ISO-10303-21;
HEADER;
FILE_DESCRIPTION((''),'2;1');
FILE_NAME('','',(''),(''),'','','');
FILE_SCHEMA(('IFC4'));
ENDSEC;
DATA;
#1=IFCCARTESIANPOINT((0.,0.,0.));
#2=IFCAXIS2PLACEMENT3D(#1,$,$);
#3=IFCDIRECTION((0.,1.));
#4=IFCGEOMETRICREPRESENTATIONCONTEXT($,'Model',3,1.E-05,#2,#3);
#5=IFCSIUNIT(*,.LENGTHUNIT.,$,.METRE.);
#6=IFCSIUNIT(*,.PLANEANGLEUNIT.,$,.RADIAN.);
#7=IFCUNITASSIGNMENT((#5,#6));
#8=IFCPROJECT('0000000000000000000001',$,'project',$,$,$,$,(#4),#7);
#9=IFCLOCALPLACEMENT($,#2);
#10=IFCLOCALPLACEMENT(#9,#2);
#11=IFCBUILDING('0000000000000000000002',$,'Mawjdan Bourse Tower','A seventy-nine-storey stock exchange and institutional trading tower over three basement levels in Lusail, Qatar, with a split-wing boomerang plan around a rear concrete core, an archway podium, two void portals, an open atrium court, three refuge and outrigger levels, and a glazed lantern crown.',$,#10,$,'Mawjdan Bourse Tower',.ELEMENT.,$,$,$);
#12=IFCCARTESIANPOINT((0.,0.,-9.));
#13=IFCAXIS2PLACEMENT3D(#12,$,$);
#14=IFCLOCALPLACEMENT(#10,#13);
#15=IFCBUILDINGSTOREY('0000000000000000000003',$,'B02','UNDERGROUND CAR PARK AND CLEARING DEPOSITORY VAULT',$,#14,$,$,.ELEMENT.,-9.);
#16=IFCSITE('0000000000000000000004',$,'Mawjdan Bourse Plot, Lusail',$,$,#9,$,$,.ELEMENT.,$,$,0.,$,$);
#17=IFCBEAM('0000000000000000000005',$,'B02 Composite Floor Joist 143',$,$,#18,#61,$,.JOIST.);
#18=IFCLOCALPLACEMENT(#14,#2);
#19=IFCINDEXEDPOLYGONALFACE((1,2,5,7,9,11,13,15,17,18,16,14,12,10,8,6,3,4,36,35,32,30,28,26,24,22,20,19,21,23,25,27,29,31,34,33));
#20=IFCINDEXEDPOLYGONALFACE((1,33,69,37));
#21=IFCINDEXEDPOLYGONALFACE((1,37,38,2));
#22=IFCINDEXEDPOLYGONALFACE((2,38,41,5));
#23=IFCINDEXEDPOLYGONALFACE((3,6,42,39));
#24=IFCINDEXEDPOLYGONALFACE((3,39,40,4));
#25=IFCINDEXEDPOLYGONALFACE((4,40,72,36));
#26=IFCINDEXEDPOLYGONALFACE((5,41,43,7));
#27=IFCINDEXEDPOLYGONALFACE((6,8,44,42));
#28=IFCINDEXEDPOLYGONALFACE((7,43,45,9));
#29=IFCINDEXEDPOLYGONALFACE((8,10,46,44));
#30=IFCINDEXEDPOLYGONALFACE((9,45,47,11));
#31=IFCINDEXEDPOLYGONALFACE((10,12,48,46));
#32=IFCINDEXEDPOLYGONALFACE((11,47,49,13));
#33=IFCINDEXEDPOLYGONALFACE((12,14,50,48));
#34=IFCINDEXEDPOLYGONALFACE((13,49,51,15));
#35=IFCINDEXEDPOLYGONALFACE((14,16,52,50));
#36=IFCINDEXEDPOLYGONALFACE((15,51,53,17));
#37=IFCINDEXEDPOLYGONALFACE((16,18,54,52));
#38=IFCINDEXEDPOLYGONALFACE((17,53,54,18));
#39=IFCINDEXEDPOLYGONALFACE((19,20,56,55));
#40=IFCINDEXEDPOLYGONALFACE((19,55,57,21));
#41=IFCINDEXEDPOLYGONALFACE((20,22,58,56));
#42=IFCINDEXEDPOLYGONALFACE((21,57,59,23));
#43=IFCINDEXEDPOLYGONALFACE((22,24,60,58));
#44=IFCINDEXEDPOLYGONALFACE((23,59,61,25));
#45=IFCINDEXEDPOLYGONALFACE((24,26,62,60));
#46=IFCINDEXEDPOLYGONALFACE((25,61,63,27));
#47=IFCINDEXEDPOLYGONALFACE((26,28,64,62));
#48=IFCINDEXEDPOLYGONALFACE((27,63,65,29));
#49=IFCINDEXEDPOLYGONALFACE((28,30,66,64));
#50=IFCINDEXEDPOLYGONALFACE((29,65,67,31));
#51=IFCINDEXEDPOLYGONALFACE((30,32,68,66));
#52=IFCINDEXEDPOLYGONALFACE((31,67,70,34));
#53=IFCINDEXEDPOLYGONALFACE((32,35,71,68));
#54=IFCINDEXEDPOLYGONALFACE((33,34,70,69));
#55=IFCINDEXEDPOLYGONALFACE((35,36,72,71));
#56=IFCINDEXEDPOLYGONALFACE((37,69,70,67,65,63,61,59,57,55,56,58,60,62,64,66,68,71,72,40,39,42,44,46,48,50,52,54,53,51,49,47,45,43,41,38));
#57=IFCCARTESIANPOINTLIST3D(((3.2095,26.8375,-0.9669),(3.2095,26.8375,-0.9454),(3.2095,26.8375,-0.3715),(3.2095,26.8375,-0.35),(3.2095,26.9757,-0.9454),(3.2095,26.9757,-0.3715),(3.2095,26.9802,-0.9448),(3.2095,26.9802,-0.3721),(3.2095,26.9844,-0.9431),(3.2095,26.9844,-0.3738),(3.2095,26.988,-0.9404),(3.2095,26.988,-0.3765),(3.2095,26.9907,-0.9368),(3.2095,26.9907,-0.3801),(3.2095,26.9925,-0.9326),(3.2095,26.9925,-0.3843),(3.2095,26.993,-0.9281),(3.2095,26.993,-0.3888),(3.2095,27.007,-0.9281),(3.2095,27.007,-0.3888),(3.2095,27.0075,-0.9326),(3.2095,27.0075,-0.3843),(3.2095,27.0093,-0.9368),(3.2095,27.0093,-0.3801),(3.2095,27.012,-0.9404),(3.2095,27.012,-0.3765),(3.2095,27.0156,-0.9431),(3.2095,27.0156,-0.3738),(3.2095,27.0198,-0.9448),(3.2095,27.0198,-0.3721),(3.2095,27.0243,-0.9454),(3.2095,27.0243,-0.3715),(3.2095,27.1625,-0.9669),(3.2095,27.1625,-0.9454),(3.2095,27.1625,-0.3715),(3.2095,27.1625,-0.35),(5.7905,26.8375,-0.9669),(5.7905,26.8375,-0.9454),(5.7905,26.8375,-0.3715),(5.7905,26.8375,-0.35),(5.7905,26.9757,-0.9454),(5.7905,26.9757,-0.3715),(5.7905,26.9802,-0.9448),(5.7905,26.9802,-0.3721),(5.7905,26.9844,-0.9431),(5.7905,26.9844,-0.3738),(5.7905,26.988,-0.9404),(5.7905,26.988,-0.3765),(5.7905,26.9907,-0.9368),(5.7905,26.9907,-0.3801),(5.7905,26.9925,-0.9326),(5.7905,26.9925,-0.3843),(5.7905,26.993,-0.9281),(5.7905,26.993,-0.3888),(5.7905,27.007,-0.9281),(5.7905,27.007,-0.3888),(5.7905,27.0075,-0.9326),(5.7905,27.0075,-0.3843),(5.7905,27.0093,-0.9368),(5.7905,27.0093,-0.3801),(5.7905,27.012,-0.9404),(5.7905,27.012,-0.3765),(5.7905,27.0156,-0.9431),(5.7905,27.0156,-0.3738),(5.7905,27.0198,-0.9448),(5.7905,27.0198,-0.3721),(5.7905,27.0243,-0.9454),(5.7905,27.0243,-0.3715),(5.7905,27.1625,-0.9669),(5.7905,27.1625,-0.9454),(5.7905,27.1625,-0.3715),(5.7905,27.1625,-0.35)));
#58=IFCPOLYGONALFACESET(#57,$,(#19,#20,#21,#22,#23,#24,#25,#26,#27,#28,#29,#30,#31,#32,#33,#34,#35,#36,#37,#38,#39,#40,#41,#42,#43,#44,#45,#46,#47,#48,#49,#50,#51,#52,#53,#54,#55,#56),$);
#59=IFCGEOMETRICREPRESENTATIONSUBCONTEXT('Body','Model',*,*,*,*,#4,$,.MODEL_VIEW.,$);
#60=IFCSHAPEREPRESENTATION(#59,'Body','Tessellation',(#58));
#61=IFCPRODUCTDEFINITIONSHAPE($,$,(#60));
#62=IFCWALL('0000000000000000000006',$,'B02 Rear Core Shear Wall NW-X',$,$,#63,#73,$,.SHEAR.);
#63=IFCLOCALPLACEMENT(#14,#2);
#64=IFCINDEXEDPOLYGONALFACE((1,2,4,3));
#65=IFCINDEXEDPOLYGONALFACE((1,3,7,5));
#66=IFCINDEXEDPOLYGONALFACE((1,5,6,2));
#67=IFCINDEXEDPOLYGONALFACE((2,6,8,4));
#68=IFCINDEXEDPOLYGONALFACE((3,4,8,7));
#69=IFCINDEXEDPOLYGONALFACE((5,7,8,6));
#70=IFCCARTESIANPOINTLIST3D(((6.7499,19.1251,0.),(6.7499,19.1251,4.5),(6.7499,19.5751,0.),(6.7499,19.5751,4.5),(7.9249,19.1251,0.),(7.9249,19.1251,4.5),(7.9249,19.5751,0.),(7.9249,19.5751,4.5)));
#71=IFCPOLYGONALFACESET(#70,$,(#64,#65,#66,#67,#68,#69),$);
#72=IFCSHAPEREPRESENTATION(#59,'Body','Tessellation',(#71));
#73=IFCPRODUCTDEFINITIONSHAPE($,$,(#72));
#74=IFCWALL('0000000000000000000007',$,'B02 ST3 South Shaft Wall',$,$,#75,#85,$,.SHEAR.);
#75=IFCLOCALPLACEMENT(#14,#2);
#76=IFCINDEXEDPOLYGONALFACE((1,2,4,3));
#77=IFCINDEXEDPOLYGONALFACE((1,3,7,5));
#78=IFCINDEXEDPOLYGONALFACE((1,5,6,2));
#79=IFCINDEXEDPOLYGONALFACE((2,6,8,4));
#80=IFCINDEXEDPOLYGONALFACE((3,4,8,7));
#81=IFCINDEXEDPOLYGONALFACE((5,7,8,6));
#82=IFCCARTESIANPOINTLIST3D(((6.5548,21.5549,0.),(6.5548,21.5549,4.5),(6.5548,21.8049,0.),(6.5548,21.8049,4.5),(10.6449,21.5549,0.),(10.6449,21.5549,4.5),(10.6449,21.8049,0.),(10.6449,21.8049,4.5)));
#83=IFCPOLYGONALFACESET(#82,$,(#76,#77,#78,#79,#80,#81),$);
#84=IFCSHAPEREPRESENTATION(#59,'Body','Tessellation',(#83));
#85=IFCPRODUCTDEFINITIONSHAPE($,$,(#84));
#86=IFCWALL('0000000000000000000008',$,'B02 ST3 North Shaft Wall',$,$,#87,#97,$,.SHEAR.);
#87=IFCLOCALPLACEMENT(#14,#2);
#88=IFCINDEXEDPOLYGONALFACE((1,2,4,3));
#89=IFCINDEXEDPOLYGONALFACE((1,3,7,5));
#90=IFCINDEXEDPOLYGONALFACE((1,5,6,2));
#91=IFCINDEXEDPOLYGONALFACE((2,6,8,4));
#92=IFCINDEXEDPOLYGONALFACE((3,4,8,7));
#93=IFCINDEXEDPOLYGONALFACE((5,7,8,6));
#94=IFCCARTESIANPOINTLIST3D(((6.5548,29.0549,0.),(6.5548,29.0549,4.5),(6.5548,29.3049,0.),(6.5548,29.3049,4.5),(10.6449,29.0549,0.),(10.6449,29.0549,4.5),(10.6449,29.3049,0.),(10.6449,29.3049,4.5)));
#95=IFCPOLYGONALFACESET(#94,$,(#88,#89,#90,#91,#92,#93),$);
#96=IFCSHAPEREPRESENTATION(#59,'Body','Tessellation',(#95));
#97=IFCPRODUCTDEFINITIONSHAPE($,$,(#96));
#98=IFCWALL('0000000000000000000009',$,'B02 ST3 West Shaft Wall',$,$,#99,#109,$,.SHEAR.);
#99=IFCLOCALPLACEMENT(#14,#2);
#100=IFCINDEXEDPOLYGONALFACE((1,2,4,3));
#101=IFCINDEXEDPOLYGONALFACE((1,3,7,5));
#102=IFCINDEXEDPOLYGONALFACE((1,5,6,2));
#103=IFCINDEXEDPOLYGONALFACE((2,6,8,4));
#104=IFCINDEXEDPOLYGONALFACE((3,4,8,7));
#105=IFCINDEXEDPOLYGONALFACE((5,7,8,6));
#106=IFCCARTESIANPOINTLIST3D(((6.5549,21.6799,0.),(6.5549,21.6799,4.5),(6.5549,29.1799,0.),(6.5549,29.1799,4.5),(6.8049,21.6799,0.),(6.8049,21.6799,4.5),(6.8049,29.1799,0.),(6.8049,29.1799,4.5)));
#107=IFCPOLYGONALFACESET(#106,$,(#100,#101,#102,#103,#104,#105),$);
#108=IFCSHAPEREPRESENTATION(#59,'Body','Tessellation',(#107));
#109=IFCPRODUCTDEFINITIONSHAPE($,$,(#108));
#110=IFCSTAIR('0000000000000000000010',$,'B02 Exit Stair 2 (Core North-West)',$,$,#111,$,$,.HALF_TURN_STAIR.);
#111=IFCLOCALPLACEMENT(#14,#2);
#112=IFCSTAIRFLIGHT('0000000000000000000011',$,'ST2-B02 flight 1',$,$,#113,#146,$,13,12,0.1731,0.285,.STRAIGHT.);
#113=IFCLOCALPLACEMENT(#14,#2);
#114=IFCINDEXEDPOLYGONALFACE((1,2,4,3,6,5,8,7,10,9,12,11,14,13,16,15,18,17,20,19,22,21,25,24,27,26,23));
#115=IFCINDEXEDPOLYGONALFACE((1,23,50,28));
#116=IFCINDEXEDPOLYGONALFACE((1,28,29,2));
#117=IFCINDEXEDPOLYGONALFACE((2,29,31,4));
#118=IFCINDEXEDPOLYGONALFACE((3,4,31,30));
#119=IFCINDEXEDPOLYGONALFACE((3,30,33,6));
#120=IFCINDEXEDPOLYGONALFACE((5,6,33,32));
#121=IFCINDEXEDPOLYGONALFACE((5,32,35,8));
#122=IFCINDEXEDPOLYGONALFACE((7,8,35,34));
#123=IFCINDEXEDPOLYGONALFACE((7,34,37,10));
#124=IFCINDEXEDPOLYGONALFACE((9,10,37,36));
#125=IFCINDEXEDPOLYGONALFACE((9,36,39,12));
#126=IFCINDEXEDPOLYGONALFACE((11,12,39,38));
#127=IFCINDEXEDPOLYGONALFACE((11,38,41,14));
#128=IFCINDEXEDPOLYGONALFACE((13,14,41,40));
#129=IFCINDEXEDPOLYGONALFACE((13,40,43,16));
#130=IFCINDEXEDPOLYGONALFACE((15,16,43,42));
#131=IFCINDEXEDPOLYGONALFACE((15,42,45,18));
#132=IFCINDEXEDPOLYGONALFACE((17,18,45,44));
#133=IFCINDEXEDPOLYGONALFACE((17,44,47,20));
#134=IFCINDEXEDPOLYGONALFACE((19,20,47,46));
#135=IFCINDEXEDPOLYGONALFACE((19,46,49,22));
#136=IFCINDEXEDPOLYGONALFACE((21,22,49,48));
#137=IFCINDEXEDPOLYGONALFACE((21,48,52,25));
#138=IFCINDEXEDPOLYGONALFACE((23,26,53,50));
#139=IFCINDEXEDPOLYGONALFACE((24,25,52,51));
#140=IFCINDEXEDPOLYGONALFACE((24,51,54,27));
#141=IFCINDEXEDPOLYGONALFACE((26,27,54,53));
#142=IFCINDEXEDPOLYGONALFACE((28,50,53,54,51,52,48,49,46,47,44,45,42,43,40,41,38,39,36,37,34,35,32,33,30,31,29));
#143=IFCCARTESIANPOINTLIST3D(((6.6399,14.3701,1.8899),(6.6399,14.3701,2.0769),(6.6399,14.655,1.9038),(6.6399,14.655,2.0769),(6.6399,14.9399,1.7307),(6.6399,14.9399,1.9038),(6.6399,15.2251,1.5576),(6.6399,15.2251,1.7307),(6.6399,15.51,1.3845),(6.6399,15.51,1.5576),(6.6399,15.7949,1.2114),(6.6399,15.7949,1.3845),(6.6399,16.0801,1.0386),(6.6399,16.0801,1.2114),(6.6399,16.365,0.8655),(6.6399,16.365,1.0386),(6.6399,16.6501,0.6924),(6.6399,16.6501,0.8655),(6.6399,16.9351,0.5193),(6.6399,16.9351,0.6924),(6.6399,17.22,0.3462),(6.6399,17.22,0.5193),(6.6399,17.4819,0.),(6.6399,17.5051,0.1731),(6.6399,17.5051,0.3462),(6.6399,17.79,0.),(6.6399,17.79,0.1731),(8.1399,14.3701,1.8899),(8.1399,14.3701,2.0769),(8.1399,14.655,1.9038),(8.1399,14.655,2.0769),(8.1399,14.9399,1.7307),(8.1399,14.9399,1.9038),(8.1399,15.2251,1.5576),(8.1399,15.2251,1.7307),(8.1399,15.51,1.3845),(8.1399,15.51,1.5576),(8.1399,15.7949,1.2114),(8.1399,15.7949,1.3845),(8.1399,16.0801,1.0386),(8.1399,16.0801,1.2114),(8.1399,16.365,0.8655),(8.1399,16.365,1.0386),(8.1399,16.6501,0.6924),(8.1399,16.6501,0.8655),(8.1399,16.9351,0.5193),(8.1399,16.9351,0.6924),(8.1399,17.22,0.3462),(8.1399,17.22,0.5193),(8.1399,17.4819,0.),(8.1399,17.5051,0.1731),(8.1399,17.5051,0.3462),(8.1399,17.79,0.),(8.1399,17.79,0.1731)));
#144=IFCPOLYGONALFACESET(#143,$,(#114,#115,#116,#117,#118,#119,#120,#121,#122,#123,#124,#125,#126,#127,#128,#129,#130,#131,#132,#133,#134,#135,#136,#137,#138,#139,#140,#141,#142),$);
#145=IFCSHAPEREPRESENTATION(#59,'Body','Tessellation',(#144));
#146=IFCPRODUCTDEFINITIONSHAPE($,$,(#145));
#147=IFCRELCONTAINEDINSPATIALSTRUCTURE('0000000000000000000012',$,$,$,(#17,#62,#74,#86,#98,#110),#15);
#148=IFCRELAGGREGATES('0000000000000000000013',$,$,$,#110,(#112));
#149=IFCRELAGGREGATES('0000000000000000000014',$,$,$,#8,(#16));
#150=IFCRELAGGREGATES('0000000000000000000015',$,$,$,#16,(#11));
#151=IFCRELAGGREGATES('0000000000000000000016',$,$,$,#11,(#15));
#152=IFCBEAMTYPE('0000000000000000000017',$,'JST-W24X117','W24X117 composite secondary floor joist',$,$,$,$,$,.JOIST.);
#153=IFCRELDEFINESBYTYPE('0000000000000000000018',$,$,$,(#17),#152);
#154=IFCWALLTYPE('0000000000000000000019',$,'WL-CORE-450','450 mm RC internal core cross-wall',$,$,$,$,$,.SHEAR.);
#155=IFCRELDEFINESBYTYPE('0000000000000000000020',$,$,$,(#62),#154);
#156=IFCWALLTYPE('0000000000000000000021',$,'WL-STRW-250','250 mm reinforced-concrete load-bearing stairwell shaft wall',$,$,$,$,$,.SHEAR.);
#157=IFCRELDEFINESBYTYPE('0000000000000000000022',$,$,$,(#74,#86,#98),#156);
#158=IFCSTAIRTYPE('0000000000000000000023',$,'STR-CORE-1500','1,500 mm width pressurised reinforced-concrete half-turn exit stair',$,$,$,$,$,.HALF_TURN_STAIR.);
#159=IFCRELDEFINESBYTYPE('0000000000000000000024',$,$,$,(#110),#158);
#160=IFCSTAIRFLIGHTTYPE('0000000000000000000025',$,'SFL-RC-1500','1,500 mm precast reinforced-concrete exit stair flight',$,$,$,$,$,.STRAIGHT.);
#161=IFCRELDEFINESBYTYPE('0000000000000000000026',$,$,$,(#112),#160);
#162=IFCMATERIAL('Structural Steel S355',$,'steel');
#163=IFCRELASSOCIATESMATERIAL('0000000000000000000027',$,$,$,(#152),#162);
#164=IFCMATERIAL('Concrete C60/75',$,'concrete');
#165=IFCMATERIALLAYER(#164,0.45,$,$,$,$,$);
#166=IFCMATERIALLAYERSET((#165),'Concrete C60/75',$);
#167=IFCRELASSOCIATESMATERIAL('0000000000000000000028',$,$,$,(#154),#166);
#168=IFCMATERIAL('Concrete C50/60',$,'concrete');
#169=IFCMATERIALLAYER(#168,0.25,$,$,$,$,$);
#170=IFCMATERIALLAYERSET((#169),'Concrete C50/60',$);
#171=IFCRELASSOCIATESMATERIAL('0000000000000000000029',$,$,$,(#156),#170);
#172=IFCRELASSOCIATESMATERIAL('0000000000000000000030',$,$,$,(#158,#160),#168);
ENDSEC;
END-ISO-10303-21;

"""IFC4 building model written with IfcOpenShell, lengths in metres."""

from ifc_helpers import new_model, si_unit, direction, frame, frame_2d, origin, origin_2d, place, context, subcontext, project, spatial, polyline, rectangle, i_section, outline, extrude, material, layer, layer_set, material_profile, profile_set, type_object, element, aggregate, save


model = new_model("IFC4")

# Units and contexts
model_context = context("Model", 3, precision=1e-05, world=origin(), true_north=direction((0.0, 1.0)))
body_context = subcontext(model_context, "Body", "Model", "MODEL_VIEW")
ifc_project = project(units=[si_unit("LENGTHUNIT", "METRE"), si_unit("PLANEANGLEUNIT", "RADIAN")], contexts=[model_context])

# Site, building, storey
site_placement = place(None, origin())
site = spatial("IfcSite", under=ifc_project, at=site_placement, Name="Mawjdan Bourse Plot, Lusail", CompositionType="ELEMENT", RefElevation=0.0)
building_placement = place(site_placement, origin())
building = spatial("IfcBuilding", under=site, at=building_placement, Name="Mawjdan Bourse Tower", Description="A seventy-nine-storey stock exchange and institutional trading tower over three basement levels in Lusail, Qatar, with a split-wing boomerang plan around a rear concrete core, an archway podium, two void portals, an open atrium court, three refuge and outrigger levels, and a glazed lantern crown.", LongName="Mawjdan Bourse Tower", CompositionType="ELEMENT")
storey_placement = place(building_placement, frame((0.0, 0.0, -9.0)))
storey = spatial("IfcBuildingStorey", under=building, at=storey_placement, Name="B02", Description="UNDERGROUND CAR PARK AND CLEARING DEPOSITORY VAULT", CompositionType="ELEMENT", Elevation=-9.0)

# Shared definitions
ifc_material_1 = material(Name="Concrete C60/75", Category="concrete")

# Beam
ifc_material_2 = material(Name="Structural Steel S355", Category="steel")
ifc_material_profile_1 = material_profile(ifc_material_2, i_section(OverallWidth=0.325, OverallDepth=0.6169, WebThickness=0.0139, FlangeThickness=0.0215, FilletRadius=0.0173, at=origin_2d()), Name="W24X117")
ifc_profile_set_1 = profile_set([ifc_material_profile_1], Name="Structural Steel S355")
beam_type_1 = type_object("IfcBeamType", Name="JST-W24X117", Description="W24X117 composite secondary floor joist", PredefinedType="JOIST", material=ifc_profile_set_1)
for number, where, z_axis, x_axis, name in (
    (1, (3.2095, 27.0, -0.6584), (1.0, 0.0, 0.0), (0.0, 1.0, 0.0), "B02 Composite Floor Joist 143"),
):
    element("IfcBeam", number, at=place(storey_placement, frame(where, z_axis=z_axis, x_axis=x_axis)), inside=storey, type_object=beam_type_1, Name=name, PredefinedType="JOIST", context=body_context, shape_type="SweptSolid", body=[
        extrude(i_section(OverallWidth=0.325, OverallDepth=0.6169, WebThickness=0.0139, FlangeThickness=0.0215, FilletRadius=0.0173, at=origin_2d()), origin(), (0.0, 0.0, 1.0), 2.5811),
    ])

# Walls
ifc_layer_1 = layer(ifc_material_1, 0.45)
ifc_layer_set_1 = layer_set([ifc_layer_1], Name="Concrete C60/75")
wall_type_1 = type_object("IfcWallType", Name="WL-CORE-450", Description="450 mm RC internal core cross-wall", PredefinedType="SHEAR", material=ifc_layer_set_1)
wall_1_placement = place(storey_placement, frame((6.75, 19.3501, 0.0), z_axis=(0.0, 0.0, 1.0), x_axis=(1.0, 0.0, 0.0)))
element("IfcWall", 2, at=wall_1_placement, inside=storey, type_object=wall_type_1, Name="B02 Rear Core Shear Wall NW-X", PredefinedType="SHEAR", context=body_context, shape_type="SweptSolid", body=[
    extrude(rectangle(XDim=1.175, YDim=0.45, at=frame_2d((0.5874, 0.0))), origin(), (0.0, 0.0, 1.0), 4.5),
])
ifc_material_3 = material(Name="Concrete C50/60", Category="concrete")
ifc_layer_2 = layer(ifc_material_3, 0.25)
ifc_layer_set_2 = layer_set([ifc_layer_2], Name="Concrete C50/60")
wall_type_2 = type_object("IfcWallType", Name="WL-STRW-250", Description="250 mm reinforced-concrete load-bearing stairwell shaft wall", PredefinedType="SHEAR", material=ifc_layer_set_2)
for number, where, z_axis, x_axis, name in (
    (3, (6.5549, 21.6799, 0.0), (0.0, 0.0, 1.0), (1.0, 0.0, 0.0), "B02 ST3 South Shaft Wall"),
    (4, (6.5549, 29.1799, 0.0), (0.0, 0.0, 1.0), (1.0, 0.0, 0.0), "B02 ST3 North Shaft Wall"),
):
    element("IfcWall", number, at=place(storey_placement, frame(where, z_axis=z_axis, x_axis=x_axis)), inside=storey, type_object=wall_type_2, Name=name, PredefinedType="SHEAR", context=body_context, shape_type="SweptSolid", body=[
        extrude(rectangle(XDim=4.0901, YDim=0.25, at=frame_2d((2.0449, 0.0))), origin(), (0.0, 0.0, 1.0), 4.5),
    ])
wall_2_placement = place(storey_placement, frame((6.6799, 21.6799, 0.0), z_axis=(0.0, 0.0, 1.0), x_axis=(0.0, 1.0, 0.0)))
element("IfcWall", 5, at=wall_2_placement, inside=storey, type_object=wall_type_2, Name="B02 ST3 West Shaft Wall", PredefinedType="SHEAR", context=body_context, shape_type="SweptSolid", body=[
    extrude(rectangle(XDim=7.5, YDim=0.25, at=frame_2d((3.75, 0.0))), origin(), (0.0, 0.0, 1.0), 4.5),
])

# Stair, stair flight
stair_type = type_object("IfcStairType", Name="STR-CORE-1500", Description="1,500 mm width pressurised reinforced-concrete half-turn exit stair", PredefinedType="HALF_TURN_STAIR", material=ifc_material_3)
stair_placement = place(storey_placement, origin())
stair = element("IfcStair", 6, at=stair_placement, inside=storey, type_object=stair_type, Name="B02 Exit Stair 2 (Core North-West)", PredefinedType="HALF_TURN_STAIR")
stair_flight_type = type_object("IfcStairFlightType", Name="SFL-RC-1500", Description="1,500 mm precast reinforced-concrete exit stair flight", PredefinedType="STRAIGHT", material=ifc_material_3)
stair_flight_placement = place(storey_placement, frame((7.3899, 17.79, 0.0), z_axis=(0.0, 0.0, 1.0), x_axis=(0.0, -1.0, 0.0)))
stair_flight = element("IfcStairFlight", 7, at=stair_flight_placement, type_object=stair_flight_type, Name="ST2-B02 flight 1", NumberOfRisers=13, NumberOfTreads=12, PredefinedType="STRAIGHT", RiserHeight=0.1731, TreadLength=0.285, context=body_context, shape_type="SweptSolid", body=[
    extrude(outline(polyline([(0.0, 0.0), (0.0, 0.1731), (0.2849, 0.1731), (0.2849, 0.3462), (0.5701, 0.3462), (0.5701, 0.5193), (0.855, 0.5193), (0.855, 0.6924), (1.1399, 0.6924), (1.1399, 0.8655), (1.425, 0.8655), (1.425, 1.0386), (1.71, 1.0386), (1.71, 1.2114), (1.9951, 1.2114), (1.9951, 1.3845), (2.28, 1.3845), (2.28, 1.5576), (2.5649, 1.5576), (2.5649, 1.7307), (2.8501, 1.7307), (2.8501, 1.9038), (3.135, 1.9038), (3.135, 2.0769), (3.4199, 2.0769), (3.4199, 2.25), (3.4199, 1.8899), (0.3081, 0.0), (0.0, 0.0)])), frame((0.0, 0.75, 0.0), z_axis=(0.0, -1.0, 0.0), x_axis=(1.0, 0.0, 0.0)), (0.0, 0.0, 1.0), 1.5),
])
aggregate(stair, [stair_flight])

save(model, "model.ifc")
